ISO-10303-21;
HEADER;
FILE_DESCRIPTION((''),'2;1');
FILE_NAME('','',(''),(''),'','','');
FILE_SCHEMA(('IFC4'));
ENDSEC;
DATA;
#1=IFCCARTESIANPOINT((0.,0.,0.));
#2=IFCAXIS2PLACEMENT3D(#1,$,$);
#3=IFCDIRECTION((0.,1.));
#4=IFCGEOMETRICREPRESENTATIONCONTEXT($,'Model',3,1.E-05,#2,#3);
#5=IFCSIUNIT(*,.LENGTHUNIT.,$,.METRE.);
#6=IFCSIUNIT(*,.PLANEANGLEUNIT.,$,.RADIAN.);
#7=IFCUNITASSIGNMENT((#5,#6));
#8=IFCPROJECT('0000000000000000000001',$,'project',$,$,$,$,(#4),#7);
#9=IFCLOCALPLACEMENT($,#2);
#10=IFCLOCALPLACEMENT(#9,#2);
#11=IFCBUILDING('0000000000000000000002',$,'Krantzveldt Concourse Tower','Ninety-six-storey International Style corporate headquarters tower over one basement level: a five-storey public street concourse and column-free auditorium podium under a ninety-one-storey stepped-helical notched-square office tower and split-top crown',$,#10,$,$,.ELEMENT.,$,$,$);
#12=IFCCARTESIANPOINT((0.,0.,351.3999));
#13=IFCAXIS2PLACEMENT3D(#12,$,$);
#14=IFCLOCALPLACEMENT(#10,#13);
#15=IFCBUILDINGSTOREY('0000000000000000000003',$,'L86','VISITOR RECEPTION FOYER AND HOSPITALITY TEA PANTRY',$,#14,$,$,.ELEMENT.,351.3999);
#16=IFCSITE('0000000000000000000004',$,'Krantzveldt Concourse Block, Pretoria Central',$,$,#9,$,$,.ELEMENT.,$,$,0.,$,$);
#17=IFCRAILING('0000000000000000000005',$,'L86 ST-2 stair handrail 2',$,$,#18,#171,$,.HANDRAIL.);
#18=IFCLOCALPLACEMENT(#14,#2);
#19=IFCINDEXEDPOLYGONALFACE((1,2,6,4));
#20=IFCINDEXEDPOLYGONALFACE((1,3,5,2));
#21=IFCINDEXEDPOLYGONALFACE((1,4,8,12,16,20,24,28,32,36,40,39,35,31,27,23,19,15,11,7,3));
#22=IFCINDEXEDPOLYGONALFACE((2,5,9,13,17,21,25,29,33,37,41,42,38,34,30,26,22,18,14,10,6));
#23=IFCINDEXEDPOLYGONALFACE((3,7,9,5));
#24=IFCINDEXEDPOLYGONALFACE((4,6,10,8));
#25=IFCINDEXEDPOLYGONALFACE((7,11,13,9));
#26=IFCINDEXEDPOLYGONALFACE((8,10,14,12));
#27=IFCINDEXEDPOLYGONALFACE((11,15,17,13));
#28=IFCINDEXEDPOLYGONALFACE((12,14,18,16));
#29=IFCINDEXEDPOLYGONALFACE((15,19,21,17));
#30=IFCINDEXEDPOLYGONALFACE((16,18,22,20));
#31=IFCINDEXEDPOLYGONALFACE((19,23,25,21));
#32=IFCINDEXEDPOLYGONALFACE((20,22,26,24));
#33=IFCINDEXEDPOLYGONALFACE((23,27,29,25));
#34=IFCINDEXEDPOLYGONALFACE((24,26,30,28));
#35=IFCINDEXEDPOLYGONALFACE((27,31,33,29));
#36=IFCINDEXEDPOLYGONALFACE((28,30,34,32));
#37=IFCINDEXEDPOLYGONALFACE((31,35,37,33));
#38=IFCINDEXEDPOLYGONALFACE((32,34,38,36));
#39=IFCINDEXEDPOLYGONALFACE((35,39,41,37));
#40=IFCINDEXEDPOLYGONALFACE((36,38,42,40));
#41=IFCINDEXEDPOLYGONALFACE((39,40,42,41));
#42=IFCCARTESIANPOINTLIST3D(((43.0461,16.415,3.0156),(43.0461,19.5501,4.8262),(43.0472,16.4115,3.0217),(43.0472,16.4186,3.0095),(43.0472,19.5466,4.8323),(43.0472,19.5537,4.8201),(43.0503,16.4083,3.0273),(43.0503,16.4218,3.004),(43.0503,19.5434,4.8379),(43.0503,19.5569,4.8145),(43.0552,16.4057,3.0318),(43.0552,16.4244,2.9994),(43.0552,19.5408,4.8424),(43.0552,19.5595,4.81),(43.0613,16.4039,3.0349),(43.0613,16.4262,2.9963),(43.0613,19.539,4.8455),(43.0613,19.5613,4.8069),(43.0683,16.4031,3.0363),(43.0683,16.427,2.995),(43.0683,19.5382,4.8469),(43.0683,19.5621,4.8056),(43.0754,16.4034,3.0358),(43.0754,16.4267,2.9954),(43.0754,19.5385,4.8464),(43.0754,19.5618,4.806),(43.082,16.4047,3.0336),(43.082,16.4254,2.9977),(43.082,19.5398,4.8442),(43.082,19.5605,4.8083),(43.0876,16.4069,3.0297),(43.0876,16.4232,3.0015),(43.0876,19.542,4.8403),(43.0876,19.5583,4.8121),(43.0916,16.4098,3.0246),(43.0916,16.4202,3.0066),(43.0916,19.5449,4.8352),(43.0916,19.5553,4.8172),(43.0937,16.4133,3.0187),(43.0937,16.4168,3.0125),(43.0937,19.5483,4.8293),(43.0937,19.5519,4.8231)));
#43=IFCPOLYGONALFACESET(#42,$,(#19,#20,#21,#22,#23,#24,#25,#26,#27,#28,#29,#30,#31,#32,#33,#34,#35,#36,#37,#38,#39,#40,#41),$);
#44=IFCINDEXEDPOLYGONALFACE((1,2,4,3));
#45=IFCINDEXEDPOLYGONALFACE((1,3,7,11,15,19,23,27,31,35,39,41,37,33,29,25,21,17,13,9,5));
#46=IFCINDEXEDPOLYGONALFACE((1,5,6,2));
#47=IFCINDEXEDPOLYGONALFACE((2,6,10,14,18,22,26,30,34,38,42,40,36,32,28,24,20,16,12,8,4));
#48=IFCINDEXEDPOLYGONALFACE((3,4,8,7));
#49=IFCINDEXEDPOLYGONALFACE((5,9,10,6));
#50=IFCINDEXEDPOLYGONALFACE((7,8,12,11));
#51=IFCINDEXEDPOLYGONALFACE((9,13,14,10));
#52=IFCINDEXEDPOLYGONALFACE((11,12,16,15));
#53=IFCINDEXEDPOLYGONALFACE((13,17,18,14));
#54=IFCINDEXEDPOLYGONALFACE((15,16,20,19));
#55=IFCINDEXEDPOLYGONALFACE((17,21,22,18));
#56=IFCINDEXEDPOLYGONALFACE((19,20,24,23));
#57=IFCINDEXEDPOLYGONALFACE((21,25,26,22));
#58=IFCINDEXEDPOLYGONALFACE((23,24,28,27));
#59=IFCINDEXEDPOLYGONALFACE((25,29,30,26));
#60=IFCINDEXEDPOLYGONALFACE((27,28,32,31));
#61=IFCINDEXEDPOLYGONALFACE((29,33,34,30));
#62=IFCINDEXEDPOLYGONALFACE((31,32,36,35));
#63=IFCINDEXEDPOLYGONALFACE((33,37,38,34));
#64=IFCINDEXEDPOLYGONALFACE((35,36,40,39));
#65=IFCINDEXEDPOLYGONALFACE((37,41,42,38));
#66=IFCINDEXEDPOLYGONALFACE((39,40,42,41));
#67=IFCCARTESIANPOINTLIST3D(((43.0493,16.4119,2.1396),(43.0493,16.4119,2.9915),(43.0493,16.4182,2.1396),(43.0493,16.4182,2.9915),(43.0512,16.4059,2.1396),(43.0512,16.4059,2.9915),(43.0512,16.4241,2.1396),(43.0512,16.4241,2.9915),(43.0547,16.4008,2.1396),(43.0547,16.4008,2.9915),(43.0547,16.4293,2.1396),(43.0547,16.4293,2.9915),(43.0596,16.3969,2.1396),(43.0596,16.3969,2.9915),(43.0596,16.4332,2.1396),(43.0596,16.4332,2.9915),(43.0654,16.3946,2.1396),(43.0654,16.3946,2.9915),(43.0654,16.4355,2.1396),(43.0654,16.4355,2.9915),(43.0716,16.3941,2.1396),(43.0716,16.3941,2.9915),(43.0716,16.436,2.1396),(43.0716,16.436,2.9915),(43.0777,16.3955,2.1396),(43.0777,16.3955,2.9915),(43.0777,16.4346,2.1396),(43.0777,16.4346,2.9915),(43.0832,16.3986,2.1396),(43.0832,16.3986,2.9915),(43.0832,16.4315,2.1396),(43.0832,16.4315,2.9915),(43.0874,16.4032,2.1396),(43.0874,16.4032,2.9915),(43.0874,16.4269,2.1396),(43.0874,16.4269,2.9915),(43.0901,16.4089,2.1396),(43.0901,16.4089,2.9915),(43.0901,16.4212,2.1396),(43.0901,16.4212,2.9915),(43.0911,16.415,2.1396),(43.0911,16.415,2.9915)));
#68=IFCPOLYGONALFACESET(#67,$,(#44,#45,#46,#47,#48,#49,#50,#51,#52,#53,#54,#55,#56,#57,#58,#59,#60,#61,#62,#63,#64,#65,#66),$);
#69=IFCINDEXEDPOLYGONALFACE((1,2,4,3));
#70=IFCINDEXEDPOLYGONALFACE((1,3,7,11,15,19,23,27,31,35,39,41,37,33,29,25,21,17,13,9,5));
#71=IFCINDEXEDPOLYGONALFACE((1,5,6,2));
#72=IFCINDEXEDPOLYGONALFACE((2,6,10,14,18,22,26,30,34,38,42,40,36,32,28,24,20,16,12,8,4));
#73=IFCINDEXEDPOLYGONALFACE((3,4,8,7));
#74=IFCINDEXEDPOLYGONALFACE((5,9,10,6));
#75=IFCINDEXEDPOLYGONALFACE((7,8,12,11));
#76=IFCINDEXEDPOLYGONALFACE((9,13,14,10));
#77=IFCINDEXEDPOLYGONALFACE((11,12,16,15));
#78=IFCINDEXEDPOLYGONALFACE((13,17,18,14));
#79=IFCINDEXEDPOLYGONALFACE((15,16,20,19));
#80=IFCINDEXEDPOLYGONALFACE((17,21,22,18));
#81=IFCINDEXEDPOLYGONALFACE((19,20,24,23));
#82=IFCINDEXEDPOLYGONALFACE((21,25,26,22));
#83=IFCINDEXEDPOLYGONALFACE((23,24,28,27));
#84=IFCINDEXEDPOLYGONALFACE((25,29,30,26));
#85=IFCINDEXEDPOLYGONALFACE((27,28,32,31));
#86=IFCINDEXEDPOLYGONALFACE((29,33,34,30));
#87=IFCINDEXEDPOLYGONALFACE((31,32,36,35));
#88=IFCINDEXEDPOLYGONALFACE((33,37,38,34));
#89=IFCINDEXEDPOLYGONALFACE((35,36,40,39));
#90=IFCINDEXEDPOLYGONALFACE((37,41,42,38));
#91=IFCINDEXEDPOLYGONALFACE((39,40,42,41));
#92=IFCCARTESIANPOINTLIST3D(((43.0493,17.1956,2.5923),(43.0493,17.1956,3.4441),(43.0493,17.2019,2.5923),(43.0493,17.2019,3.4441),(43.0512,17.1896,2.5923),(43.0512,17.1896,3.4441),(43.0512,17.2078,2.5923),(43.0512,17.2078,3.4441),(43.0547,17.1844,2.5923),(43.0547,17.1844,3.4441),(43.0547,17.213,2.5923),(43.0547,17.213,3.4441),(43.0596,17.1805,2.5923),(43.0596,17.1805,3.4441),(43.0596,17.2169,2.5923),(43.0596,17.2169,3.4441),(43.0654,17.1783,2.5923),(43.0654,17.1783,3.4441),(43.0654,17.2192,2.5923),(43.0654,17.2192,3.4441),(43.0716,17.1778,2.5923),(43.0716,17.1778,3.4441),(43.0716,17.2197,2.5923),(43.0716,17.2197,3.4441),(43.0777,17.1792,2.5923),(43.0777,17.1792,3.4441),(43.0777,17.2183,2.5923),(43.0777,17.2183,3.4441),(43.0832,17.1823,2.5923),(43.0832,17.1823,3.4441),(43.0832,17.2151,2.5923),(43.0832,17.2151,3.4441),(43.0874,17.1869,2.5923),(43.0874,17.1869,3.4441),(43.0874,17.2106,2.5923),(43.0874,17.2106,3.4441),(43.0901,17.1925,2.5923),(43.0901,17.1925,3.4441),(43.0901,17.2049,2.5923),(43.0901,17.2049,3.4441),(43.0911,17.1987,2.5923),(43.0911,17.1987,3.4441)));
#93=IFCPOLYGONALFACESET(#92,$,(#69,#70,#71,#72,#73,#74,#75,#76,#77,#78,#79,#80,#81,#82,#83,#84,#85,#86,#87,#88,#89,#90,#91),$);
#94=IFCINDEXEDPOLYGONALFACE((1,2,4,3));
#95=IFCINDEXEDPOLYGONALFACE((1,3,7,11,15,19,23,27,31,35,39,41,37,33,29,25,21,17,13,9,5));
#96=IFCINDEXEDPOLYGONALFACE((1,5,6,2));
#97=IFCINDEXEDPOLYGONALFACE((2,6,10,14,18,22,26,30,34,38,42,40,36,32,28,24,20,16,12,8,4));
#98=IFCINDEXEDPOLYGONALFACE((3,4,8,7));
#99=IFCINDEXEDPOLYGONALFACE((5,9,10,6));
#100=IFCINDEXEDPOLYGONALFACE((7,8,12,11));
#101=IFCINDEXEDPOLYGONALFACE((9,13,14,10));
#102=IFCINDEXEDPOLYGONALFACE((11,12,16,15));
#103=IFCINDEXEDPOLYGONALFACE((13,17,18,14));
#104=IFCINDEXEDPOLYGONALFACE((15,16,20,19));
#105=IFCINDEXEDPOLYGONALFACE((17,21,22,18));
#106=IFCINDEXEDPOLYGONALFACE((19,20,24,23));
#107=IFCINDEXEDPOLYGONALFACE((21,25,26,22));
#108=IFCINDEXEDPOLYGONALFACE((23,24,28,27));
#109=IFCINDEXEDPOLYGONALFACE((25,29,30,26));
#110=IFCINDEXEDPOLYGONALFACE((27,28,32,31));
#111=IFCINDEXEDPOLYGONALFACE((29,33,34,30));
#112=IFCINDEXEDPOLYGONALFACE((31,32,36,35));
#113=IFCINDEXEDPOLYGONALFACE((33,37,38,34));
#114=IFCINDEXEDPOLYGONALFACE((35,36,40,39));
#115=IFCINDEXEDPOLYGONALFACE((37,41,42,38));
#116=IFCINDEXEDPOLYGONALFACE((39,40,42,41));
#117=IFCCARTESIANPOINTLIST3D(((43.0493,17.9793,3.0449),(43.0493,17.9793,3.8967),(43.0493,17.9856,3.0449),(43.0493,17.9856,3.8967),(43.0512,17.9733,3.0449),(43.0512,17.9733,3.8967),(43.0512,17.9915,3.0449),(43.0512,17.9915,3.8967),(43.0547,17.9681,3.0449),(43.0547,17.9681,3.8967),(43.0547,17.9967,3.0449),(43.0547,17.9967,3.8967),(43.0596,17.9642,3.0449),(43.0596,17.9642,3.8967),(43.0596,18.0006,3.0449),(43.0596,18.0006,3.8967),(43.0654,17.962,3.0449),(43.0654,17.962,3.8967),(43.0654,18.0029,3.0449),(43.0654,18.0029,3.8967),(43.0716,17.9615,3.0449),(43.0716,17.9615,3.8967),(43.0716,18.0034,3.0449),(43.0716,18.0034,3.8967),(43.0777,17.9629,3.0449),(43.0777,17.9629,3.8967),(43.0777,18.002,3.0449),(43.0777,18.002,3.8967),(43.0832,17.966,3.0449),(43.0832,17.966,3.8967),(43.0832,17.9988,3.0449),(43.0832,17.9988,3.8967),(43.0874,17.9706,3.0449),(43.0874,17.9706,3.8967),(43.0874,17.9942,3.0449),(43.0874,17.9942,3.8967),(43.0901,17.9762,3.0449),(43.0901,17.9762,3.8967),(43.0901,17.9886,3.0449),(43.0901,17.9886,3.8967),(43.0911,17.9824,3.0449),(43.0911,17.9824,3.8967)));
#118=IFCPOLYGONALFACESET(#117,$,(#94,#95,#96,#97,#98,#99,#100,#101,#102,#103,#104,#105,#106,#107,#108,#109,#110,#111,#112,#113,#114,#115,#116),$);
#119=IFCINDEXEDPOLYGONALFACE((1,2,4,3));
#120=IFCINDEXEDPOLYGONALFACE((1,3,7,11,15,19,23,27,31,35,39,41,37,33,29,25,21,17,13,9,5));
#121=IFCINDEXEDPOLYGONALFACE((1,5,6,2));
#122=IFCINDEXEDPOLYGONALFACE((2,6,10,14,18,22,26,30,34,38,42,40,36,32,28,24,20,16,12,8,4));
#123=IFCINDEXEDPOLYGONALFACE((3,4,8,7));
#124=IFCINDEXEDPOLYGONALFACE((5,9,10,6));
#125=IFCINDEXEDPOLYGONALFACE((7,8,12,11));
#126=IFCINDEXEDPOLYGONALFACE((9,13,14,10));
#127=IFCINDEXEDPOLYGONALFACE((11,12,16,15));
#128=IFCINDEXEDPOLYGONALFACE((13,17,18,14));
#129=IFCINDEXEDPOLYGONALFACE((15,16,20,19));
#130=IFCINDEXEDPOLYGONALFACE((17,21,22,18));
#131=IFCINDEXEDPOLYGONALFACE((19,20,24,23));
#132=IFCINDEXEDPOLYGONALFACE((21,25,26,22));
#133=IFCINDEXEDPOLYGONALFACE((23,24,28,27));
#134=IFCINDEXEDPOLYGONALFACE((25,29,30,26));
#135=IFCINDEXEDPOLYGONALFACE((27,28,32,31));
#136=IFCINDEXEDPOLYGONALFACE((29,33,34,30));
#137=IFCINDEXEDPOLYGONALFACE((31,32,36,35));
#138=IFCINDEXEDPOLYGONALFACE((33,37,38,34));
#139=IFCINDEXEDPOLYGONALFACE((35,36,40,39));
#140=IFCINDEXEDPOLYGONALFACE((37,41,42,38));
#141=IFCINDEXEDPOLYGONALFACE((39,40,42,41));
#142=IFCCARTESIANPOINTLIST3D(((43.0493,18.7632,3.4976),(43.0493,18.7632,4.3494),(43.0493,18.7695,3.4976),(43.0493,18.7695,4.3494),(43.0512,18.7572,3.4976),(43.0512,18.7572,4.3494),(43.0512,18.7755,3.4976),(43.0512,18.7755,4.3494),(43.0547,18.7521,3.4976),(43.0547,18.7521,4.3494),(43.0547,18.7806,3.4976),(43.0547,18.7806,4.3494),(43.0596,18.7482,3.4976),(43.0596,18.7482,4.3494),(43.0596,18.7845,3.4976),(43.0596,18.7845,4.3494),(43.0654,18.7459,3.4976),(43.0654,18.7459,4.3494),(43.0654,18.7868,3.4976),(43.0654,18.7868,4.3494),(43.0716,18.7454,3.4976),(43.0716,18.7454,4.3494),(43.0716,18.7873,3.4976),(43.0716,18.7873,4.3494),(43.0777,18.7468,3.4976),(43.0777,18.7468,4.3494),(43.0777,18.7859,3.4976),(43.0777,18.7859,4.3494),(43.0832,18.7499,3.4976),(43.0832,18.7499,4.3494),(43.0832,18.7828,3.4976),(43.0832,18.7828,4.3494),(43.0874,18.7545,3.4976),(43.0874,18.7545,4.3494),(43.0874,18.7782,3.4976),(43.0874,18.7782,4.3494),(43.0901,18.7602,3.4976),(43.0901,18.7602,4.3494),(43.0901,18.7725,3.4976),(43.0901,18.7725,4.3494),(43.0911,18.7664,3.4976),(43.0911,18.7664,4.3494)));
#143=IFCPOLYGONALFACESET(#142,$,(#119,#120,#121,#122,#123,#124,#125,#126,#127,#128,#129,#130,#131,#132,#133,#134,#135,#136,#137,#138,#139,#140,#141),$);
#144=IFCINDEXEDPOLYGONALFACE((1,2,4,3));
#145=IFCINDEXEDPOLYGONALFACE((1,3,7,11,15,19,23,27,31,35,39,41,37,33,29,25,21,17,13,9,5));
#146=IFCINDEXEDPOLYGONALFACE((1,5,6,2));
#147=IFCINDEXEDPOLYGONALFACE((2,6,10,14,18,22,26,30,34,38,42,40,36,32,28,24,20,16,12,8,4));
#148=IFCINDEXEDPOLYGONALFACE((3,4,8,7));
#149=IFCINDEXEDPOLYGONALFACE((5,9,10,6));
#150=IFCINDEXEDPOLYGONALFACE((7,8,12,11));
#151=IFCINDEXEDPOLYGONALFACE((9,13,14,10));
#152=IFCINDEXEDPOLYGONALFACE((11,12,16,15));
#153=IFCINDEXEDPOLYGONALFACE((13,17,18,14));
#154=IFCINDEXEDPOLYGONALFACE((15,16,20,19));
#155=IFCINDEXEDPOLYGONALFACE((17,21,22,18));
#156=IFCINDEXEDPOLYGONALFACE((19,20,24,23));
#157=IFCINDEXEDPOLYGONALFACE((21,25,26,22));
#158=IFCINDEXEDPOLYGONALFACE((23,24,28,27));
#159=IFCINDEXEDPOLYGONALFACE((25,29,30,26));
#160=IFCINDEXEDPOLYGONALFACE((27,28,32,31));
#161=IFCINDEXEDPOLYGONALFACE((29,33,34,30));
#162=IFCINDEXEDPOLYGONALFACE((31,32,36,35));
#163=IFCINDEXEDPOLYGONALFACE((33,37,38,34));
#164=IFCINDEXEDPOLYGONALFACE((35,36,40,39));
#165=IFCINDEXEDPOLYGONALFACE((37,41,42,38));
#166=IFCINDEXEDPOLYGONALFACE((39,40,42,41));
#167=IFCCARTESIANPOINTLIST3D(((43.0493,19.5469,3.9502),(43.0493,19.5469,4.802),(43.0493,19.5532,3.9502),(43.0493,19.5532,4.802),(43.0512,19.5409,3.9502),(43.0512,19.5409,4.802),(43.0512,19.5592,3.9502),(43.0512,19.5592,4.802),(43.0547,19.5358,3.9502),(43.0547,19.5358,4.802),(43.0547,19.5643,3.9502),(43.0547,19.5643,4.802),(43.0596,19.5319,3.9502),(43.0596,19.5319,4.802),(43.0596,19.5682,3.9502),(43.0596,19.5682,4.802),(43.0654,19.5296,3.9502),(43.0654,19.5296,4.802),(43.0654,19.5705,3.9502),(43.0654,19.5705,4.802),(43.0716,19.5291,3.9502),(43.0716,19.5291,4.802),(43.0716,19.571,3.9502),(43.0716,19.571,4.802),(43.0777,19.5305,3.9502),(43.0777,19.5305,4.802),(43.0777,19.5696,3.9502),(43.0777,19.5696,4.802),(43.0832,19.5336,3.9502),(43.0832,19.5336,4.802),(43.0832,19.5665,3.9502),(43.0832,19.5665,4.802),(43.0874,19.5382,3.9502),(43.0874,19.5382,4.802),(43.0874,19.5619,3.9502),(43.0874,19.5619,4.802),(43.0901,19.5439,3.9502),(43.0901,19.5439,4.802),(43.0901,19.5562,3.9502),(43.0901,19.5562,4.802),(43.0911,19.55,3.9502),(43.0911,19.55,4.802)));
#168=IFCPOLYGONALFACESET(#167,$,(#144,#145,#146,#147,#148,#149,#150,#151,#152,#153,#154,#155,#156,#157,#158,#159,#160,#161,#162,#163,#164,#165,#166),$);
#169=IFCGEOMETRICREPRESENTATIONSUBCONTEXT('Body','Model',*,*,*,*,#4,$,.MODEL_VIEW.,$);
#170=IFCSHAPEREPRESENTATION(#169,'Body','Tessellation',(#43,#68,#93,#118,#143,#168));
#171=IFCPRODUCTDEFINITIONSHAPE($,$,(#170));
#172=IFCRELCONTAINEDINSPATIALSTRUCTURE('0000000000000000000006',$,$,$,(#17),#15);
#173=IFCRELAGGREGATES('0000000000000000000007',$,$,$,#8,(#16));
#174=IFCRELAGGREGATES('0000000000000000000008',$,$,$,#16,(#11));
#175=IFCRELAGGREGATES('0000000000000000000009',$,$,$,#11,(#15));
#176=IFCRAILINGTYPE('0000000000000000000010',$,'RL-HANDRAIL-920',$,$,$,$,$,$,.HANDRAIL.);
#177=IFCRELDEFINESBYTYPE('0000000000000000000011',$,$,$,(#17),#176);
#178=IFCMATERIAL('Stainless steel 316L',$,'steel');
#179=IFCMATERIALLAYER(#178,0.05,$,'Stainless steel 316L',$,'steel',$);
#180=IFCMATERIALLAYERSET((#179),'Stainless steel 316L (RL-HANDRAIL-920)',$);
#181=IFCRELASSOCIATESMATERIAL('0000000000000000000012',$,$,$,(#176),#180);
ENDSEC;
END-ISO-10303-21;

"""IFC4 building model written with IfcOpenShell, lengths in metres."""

from ifc_helpers import new_model, si_unit, direction, frame, origin, origin_2d, place, context, subcontext, project, spatial, circle, extrude, material, layer, layer_set, type_object, element, save


model = new_model("IFC4")

# Units and contexts
model_context = context("Model", 3, precision=1e-05, world=origin(), true_north=direction((0.0, 1.0)))
body_context = subcontext(model_context, "Body", "Model", "MODEL_VIEW")
ifc_project = project(units=[si_unit("LENGTHUNIT", "METRE"), si_unit("PLANEANGLEUNIT", "RADIAN")], contexts=[model_context])

# Site, building, storey
site_placement = place(None, origin())
site = spatial("IfcSite", under=ifc_project, at=site_placement, Name="Krantzveldt Concourse Block, Pretoria Central", CompositionType="ELEMENT", RefElevation=0.0)
building_placement = place(site_placement, origin())
building = spatial("IfcBuilding", under=site, at=building_placement, Name="Krantzveldt Concourse Tower", Description="Ninety-six-storey International Style corporate headquarters tower over one basement level: a five-storey public street concourse and column-free auditorium podium under a ninety-one-storey stepped-helical notched-square office tower and split-top crown", CompositionType="ELEMENT")
storey_placement = place(building_placement, frame((0.0, 0.0, 351.3999)))
storey = spatial("IfcBuildingStorey", under=building, at=storey_placement, Name="L86", Description="VISITOR RECEPTION FOYER AND HOSPITALITY TEA PANTRY", CompositionType="ELEMENT", Elevation=351.3999)

# Railing
ifc_material_1 = material(Name="Stainless steel 316L", Category="steel")
ifc_layer_1 = layer(ifc_material_1, 0.05, Name="Stainless steel 316L", Category="steel")
ifc_layer_set_1 = layer_set([ifc_layer_1], Name="Stainless steel 316L (RL-HANDRAIL-920)")
railing_type = type_object("IfcRailingType", Name="RL-HANDRAIL-920", PredefinedType="HANDRAIL", material=ifc_layer_set_1)
railing_placement = place(storey_placement, frame((43.0701, 16.415, 2.1396)))
element("IfcRailing", 1, at=railing_placement, inside=storey, type_object=railing_type, Name="L86 ST-2 stair handrail 2", PredefinedType="HANDRAIL", context=body_context, shape_type="SweptSolid", body=[
    extrude(circle(Radius=0.0239, at=origin_2d()), frame((0.0, 0.0, 0.876), z_axis=(0.0, 0.86596, 0.500114), x_axis=(-1.0, 0.0, 0.0)), (0.0, 0.0, 1.0), 3.6204),
    extrude(circle(Radius=0.021, at=origin_2d()), origin(), (0.0, 0.0, 1.0), 0.8518),
    extrude(circle(Radius=0.021, at=origin_2d()), frame((0.0, 0.7837, 0.4526)), (0.0, 0.0, 1.0), 0.8518),
    extrude(circle(Radius=0.021, at=origin_2d()), frame((0.0, 1.5674, 0.9053)), (0.0, 0.0, 1.0), 0.8518),
    extrude(circle(Radius=0.021, at=origin_2d()), frame((0.0, 2.3513, 1.3579)), (0.0, 0.0, 1.0), 0.8518),
    extrude(circle(Radius=0.021, at=origin_2d()), frame((0.0, 3.135, 1.8105)), (0.0, 0.0, 1.0), 0.8518),
])

save(model, "model.ifc")
